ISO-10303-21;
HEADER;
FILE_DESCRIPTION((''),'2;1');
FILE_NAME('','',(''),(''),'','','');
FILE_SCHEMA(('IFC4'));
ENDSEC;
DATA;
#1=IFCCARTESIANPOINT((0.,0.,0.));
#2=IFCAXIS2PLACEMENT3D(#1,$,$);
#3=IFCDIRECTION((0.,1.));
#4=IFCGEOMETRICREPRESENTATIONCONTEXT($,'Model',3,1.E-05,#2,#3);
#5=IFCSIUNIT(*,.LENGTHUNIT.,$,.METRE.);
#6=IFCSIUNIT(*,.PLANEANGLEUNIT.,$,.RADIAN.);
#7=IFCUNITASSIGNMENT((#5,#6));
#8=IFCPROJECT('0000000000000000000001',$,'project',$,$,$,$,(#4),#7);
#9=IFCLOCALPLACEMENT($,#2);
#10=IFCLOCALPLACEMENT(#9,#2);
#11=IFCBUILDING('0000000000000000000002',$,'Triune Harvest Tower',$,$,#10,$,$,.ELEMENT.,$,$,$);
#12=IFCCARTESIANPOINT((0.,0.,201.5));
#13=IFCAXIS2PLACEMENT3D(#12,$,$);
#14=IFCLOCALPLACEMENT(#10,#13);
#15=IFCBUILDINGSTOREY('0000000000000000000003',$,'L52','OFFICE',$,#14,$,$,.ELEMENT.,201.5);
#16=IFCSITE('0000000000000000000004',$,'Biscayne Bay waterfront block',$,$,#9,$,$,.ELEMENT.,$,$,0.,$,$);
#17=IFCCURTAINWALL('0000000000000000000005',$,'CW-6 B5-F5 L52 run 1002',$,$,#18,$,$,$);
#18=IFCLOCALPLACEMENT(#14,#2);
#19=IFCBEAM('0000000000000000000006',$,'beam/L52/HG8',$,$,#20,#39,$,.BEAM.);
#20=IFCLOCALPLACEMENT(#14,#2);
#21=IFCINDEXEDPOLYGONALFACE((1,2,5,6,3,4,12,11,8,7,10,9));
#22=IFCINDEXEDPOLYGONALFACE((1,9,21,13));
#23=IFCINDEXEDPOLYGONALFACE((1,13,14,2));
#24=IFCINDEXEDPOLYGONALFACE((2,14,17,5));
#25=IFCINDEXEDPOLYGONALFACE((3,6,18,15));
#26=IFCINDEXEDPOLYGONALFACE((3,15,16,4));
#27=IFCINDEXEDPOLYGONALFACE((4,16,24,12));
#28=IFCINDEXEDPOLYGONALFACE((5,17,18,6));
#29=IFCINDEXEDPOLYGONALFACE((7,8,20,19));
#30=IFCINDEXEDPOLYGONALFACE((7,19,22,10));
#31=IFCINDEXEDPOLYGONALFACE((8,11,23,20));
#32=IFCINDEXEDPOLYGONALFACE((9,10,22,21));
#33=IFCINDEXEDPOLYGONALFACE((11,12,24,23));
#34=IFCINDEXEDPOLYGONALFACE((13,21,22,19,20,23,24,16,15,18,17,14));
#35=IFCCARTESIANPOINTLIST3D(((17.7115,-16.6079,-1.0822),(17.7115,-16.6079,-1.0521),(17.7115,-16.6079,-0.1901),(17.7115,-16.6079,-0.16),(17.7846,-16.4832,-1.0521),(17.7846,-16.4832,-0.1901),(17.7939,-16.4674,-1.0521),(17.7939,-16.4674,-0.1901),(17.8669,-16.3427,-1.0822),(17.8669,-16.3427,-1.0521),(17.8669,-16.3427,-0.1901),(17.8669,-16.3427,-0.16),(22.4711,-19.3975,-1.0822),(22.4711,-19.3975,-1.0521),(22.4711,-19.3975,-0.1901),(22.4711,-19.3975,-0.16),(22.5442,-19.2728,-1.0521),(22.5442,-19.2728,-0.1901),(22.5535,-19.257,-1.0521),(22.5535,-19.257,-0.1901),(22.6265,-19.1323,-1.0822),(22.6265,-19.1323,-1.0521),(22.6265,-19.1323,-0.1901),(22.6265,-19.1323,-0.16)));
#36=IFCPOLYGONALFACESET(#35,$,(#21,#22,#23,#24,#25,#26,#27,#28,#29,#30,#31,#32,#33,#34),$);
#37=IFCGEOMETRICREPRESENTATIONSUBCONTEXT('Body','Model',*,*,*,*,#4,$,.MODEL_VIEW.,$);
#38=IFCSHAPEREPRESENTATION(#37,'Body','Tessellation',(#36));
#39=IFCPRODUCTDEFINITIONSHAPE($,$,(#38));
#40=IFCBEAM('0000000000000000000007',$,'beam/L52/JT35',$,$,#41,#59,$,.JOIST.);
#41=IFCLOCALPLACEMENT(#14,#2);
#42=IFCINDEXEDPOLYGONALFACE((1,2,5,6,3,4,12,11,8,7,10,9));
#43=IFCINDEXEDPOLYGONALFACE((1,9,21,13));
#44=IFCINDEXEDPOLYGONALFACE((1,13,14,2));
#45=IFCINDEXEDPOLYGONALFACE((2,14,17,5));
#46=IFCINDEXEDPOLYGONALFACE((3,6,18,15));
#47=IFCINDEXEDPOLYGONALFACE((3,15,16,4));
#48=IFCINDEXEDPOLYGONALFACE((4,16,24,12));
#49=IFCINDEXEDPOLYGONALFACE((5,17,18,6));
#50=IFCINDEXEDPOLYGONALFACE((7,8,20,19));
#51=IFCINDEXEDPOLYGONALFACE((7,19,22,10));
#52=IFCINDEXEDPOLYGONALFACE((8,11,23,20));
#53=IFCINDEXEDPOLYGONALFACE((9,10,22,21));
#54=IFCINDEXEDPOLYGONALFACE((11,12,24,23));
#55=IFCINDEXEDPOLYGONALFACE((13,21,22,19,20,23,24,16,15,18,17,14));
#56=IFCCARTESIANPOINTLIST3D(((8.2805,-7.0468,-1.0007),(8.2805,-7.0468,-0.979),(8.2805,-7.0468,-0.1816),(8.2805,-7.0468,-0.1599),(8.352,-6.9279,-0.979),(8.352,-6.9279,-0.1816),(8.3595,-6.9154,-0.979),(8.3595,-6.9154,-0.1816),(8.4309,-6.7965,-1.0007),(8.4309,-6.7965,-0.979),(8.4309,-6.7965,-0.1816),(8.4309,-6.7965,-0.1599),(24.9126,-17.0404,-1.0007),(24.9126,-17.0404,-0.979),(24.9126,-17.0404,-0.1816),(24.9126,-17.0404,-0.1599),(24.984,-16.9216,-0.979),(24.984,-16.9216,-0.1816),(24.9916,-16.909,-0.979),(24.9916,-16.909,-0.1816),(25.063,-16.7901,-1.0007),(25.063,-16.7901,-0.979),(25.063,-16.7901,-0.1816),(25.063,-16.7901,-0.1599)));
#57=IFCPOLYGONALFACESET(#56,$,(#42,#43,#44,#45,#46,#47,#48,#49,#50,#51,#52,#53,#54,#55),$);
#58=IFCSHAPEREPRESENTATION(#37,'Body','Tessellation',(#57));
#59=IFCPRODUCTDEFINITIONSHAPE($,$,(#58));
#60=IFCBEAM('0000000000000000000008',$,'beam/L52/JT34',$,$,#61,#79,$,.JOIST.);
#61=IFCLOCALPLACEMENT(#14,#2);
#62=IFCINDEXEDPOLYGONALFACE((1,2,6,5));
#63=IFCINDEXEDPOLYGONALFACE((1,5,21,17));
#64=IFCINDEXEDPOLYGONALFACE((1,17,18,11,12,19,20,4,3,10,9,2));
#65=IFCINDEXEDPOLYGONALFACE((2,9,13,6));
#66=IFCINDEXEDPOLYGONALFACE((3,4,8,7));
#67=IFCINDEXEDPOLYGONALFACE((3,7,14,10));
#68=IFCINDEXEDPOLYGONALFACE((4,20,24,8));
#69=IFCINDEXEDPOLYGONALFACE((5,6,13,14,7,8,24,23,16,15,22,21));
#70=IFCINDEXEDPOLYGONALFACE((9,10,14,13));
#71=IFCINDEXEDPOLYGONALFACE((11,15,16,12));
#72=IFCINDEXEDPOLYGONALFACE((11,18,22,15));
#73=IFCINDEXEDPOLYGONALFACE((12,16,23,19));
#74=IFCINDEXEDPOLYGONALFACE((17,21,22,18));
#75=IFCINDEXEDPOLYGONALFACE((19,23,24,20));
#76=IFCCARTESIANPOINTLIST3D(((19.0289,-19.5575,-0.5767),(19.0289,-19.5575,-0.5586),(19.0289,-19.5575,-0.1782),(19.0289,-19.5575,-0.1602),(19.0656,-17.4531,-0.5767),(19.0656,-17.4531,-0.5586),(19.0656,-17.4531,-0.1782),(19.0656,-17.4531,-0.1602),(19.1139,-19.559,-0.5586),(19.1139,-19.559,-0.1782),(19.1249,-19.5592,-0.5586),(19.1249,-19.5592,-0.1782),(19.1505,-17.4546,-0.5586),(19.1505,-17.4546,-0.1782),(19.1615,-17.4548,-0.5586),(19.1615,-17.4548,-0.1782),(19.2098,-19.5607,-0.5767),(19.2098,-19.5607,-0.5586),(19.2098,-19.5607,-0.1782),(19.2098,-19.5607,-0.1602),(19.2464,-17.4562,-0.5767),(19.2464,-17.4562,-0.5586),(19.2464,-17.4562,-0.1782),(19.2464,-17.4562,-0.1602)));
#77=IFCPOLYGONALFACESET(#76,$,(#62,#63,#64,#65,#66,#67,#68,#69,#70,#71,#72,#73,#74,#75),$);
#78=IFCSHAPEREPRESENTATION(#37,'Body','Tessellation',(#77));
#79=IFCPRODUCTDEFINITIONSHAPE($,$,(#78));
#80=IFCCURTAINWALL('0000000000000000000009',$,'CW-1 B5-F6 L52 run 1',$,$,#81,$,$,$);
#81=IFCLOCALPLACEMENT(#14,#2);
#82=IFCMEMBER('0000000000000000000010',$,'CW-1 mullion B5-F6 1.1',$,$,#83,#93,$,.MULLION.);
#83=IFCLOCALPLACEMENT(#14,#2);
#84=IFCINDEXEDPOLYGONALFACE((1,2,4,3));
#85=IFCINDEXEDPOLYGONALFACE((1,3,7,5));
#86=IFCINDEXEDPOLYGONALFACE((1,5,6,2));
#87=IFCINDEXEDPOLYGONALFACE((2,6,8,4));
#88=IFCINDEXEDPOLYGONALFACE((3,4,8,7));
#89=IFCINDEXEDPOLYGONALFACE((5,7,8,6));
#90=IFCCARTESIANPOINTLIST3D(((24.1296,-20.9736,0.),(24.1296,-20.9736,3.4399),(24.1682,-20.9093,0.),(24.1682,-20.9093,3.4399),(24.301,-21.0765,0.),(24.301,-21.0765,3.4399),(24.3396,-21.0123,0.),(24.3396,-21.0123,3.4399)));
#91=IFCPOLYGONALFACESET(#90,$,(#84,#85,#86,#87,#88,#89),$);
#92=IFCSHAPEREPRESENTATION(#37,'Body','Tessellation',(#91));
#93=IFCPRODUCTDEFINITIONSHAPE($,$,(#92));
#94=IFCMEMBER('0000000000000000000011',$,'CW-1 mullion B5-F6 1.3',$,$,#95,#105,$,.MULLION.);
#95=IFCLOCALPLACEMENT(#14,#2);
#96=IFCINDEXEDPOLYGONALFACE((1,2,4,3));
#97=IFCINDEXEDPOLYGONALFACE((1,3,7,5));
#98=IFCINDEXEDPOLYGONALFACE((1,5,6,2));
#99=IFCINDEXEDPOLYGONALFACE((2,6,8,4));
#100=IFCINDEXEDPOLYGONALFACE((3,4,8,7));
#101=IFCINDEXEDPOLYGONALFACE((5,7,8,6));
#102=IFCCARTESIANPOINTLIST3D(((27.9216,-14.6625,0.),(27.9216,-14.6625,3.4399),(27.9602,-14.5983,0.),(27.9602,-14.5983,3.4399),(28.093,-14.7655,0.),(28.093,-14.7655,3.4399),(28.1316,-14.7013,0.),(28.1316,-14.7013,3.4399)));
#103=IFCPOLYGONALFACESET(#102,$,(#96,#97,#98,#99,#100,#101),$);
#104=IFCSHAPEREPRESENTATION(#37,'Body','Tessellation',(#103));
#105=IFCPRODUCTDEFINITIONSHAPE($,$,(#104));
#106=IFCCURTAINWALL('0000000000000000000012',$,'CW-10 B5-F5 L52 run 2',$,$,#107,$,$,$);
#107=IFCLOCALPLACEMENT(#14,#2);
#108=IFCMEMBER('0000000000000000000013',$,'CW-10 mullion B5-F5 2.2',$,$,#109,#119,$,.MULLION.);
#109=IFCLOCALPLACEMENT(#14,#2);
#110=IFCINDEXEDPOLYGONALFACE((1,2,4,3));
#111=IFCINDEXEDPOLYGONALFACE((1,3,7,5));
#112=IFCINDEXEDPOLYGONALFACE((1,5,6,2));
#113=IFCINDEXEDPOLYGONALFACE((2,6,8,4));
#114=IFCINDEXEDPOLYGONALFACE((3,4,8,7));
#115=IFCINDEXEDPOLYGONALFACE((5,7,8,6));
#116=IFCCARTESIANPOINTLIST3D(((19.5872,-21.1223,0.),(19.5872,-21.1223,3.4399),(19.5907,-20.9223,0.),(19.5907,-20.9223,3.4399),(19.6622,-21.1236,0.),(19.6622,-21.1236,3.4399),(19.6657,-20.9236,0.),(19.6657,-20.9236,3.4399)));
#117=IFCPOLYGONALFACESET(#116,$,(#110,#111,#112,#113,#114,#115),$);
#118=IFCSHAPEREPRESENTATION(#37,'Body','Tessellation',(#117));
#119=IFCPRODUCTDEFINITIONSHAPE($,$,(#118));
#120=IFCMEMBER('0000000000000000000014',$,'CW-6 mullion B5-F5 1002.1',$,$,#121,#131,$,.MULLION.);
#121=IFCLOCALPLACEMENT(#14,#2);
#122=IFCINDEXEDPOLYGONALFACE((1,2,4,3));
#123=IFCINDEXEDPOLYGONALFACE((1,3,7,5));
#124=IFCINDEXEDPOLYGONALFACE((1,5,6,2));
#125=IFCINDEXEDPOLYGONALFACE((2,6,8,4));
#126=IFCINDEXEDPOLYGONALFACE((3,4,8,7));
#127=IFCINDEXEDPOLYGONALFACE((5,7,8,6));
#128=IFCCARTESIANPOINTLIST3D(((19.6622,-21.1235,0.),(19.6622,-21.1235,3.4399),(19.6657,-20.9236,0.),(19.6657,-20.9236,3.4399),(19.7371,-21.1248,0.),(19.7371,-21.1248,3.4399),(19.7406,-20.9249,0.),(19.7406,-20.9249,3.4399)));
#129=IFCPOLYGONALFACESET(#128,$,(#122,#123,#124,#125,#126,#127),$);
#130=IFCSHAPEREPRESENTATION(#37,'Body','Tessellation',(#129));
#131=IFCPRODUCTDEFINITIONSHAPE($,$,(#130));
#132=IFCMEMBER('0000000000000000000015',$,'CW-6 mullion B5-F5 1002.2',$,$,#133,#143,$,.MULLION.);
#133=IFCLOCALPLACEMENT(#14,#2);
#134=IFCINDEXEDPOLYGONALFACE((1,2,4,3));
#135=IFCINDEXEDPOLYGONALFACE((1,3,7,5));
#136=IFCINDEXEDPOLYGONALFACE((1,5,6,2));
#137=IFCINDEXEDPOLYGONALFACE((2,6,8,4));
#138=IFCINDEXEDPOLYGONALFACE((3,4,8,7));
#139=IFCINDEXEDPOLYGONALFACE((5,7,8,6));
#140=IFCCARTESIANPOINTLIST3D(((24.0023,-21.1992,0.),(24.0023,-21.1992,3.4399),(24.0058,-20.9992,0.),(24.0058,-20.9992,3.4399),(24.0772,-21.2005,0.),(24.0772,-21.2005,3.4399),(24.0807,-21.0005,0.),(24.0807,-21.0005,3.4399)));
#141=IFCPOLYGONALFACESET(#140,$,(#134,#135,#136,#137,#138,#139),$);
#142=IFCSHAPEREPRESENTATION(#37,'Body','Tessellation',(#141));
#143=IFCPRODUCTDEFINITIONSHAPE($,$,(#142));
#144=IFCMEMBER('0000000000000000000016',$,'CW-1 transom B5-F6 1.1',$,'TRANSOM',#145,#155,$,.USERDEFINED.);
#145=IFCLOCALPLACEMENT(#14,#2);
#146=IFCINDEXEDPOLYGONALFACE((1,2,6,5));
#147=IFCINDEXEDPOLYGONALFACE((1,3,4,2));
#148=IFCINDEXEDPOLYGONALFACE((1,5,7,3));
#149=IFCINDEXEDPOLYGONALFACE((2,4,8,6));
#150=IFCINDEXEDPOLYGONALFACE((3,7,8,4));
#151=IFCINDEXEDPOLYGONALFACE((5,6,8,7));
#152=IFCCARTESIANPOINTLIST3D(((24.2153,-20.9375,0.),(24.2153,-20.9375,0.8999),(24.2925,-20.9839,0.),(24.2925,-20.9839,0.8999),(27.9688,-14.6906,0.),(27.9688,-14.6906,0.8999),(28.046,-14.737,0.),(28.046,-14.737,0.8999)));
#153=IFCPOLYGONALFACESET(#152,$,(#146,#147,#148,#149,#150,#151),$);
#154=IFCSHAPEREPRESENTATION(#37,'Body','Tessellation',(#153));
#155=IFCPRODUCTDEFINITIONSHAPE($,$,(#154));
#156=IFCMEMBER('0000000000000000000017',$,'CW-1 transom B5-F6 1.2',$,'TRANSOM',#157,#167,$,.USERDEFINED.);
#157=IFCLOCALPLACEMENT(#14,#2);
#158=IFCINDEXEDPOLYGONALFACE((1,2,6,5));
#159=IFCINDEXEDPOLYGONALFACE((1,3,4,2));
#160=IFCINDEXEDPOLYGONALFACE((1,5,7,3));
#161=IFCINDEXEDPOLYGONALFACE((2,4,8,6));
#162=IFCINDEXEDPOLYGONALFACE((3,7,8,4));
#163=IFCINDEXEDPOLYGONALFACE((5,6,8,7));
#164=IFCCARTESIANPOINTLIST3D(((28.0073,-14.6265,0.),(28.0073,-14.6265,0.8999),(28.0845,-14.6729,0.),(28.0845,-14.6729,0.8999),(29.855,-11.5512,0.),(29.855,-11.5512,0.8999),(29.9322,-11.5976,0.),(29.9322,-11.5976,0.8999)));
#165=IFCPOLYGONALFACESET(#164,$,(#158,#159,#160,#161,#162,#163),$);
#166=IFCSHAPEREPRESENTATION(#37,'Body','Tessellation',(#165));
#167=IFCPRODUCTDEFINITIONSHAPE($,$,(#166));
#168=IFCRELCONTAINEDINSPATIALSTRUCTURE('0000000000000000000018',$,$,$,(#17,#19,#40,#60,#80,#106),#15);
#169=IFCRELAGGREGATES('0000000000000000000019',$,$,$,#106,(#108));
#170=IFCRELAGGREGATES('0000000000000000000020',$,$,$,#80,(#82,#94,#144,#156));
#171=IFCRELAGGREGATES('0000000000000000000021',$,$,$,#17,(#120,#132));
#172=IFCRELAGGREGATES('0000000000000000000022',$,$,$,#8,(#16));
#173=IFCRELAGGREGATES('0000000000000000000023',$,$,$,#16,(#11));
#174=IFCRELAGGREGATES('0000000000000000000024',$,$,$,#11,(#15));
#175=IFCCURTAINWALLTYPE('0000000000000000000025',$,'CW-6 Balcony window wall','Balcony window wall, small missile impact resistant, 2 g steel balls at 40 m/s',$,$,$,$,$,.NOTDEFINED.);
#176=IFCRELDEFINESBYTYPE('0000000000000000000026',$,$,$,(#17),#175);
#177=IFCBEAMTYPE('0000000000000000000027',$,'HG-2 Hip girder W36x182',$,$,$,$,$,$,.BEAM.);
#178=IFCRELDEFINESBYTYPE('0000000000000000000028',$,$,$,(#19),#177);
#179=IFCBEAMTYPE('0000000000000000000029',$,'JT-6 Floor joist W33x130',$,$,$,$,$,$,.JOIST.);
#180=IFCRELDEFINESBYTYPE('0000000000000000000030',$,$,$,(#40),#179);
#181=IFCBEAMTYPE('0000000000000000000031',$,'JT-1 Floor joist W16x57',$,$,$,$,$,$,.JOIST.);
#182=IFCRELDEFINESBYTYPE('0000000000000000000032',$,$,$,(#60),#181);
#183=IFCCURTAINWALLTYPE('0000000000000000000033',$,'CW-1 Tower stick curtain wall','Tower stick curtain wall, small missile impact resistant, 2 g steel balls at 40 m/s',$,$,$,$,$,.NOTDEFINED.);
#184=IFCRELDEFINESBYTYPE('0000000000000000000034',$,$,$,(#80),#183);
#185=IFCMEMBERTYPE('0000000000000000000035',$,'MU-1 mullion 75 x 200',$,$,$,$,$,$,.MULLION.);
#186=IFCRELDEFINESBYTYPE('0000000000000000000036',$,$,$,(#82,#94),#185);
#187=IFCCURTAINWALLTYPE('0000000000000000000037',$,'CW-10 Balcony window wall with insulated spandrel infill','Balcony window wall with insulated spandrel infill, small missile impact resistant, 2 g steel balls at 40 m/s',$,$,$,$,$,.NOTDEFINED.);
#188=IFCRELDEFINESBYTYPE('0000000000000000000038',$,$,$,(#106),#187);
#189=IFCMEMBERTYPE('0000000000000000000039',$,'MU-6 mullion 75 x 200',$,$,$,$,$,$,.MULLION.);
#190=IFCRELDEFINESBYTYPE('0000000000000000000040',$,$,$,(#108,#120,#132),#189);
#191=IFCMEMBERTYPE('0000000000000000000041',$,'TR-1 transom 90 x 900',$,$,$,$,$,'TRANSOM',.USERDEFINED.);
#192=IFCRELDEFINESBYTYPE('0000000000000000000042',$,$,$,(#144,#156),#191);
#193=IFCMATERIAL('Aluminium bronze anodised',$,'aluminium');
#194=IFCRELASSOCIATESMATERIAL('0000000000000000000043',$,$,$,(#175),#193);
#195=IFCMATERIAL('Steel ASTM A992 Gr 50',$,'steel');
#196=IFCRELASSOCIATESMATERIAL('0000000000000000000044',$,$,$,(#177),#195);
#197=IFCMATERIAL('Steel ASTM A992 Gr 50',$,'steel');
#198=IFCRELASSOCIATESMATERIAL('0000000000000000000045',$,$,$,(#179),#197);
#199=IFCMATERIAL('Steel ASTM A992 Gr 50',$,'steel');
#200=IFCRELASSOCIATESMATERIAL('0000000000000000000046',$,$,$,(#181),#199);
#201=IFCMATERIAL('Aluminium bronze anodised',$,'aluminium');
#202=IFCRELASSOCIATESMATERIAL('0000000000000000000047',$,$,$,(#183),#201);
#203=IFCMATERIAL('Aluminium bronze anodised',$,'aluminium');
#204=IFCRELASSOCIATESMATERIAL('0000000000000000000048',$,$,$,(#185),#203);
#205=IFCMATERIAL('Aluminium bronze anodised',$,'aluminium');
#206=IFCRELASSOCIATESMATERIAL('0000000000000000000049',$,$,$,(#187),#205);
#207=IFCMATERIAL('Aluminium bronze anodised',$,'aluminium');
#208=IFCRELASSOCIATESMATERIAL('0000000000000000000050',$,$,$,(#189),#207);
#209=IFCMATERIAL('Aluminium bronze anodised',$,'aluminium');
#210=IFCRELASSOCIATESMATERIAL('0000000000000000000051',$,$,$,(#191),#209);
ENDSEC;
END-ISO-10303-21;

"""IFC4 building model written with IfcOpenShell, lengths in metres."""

from ifc_helpers import new_model, si_unit, direction, frame, origin, origin_2d, place, context, subcontext, project, spatial, rectangle, i_section, extrude, source, transform, mapped, material, material_profile, profile_set, type_object, element, aggregate, save


model = new_model("IFC4")

# Units and contexts
model_context = context("Model", 3, precision=1e-05, world=origin(), true_north=direction((0.0, 1.0)))
body_context = subcontext(model_context, "Body", "Model", "MODEL_VIEW")
ifc_project = project(units=[si_unit("LENGTHUNIT", "METRE"), si_unit("PLANEANGLEUNIT", "RADIAN")], contexts=[model_context])

# Site, building, storey
site_placement = place(None, origin())
site = spatial("IfcSite", under=ifc_project, at=site_placement, Name="Biscayne Bay waterfront block", CompositionType="ELEMENT", RefElevation=0.0)
building_placement = place(site_placement, origin())
building = spatial("IfcBuilding", under=site, at=building_placement, Name="Triune Harvest Tower", CompositionType="ELEMENT")
storey_placement = place(building_placement, frame((0.0, 0.0, 201.5)))
storey = spatial("IfcBuildingStorey", under=building, at=storey_placement, Name="L52", Description="OFFICE", CompositionType="ELEMENT", Elevation=201.5)

# Curtain wall
ifc_material_1 = material(Name="Aluminium bronze anodised", Category="aluminium")
curtain_wall_type_1 = type_object("IfcCurtainWallType", Name="CW-6 Balcony window wall", Description="Balcony window wall, small missile impact resistant, 2 g steel balls at 40 m/s", PredefinedType="NOTDEFINED", material=ifc_material_1)
curtain_wall_1_placement = place(storey_placement, origin())
curtain_wall_1 = element("IfcCurtainWall", 1, at=curtain_wall_1_placement, inside=storey, type_object=curtain_wall_type_1, Name="CW-6 B5-F5 L52 run 1002")

# Beams
ifc_material_2 = material(Name="Steel ASTM A992 Gr 50", Category="steel")
ifc_material_profile_1 = material_profile(ifc_material_2, i_section(OverallWidth=0.3074, OverallDepth=0.9221, WebThickness=0.0183, FlangeThickness=0.03, at=origin_2d()), Name="W36x182")
ifc_profile_set_1 = profile_set([ifc_material_profile_1], Name="Steel ASTM A992 Gr 50")
beam_type_1 = type_object("IfcBeamType", Name="HG-2 Hip girder W36x182", PredefinedType="BEAM", material=ifc_profile_set_1)
shared_shape_1 = source(origin(), body_context, "Body", "SweptSolid", [
    extrude(i_section(OverallWidth=0.3074, OverallDepth=0.9221, WebThickness=0.0183, FlangeThickness=0.03, at=origin_2d()), origin(), (0.0, 0.0, 1.0), 5.5168),
])
beam_1_placement = place(storey_placement, frame((22.5488, -19.2649, -0.6211), z_axis=(-0.862739, 0.50565, 0.0), x_axis=(-0.50565, -0.862739, 0.0)))
element("IfcBeam", 2, at=beam_1_placement, inside=storey, type_object=beam_type_1, Name="beam/L52/HG8", PredefinedType="BEAM", context=body_context, shape_type="MappedRepresentation", body=[
    mapped(shared_shape_1, transform((0.0, 0.0, 0.0), scale=1.0)),
])
ifc_material_3 = material(Name="Steel ASTM A992 Gr 50", Category="steel")
ifc_material_profile_2 = material_profile(ifc_material_3, i_section(OverallWidth=0.292, OverallDepth=0.8408, WebThickness=0.0146, FlangeThickness=0.0217, at=origin_2d()), Name="W33x130")
ifc_profile_set_2 = profile_set([ifc_material_profile_2], Name="Steel ASTM A992 Gr 50")
beam_type_2 = type_object("IfcBeamType", Name="JT-6 Floor joist W33x130", PredefinedType="JOIST", material=ifc_profile_set_2)
shared_shape_2 = source(origin(), body_context, "Body", "SweptSolid", [
    extrude(i_section(OverallWidth=0.292, OverallDepth=0.8408, WebThickness=0.0146, FlangeThickness=0.0217, at=origin_2d()), origin(), (0.0, 0.0, 1.0), 19.4036),
])
beam_2_placement = place(storey_placement, frame((24.9878, -16.9153, -0.5803), z_axis=(-0.857165, 0.515041, 0.0), x_axis=(-0.515041, -0.857165, 0.0)))
element("IfcBeam", 3, at=beam_2_placement, inside=storey, type_object=beam_type_2, Name="beam/L52/JT35", PredefinedType="JOIST", context=body_context, shape_type="MappedRepresentation", body=[
    mapped(shared_shape_2, transform((0.0, 0.0, 0.0), scale=1.0)),
])
ifc_material_4 = material(Name="Steel ASTM A992 Gr 50", Category="steel")
ifc_material_profile_3 = material_profile(ifc_material_4, i_section(OverallWidth=0.1809, OverallDepth=0.4165, WebThickness=0.011, FlangeThickness=0.0181, at=origin_2d()), Name="W16x57")
ifc_profile_set_3 = profile_set([ifc_material_profile_3], Name="Steel ASTM A992 Gr 50")
beam_type_3 = type_object("IfcBeamType", Name="JT-1 Floor joist W16x57", PredefinedType="JOIST", material=ifc_profile_set_3)
shared_shape_3 = source(origin(), body_context, "Body", "SweptSolid", [
    extrude(i_section(OverallWidth=0.1809, OverallDepth=0.4165, WebThickness=0.011, FlangeThickness=0.0181, at=origin_2d()), origin(), (0.0, 0.0, 1.0), 2.1047),
])
beam_3_placement = place(storey_placement, frame((19.1194, -19.5591, -0.3684), z_axis=(0.017399, 0.999849, 0.0), x_axis=(-0.999849, 0.017399, 0.0)))
element("IfcBeam", 4, at=beam_3_placement, inside=storey, type_object=beam_type_3, Name="beam/L52/JT34", PredefinedType="JOIST", context=body_context, shape_type="MappedRepresentation", body=[
    mapped(shared_shape_3, transform((0.0, 0.0, 0.0), scale=1.0)),
])

# Curtain wall, members
ifc_material_5 = material(Name="Aluminium bronze anodised", Category="aluminium")
curtain_wall_type_2 = type_object("IfcCurtainWallType", Name="CW-1 Tower stick curtain wall", Description="Tower stick curtain wall, small missile impact resistant, 2 g steel balls at 40 m/s", PredefinedType="NOTDEFINED", material=ifc_material_5)
curtain_wall_2_placement = place(storey_placement, origin())
curtain_wall_2 = element("IfcCurtainWall", 5, at=curtain_wall_2_placement, inside=storey, type_object=curtain_wall_type_2, Name="CW-1 B5-F6 L52 run 1")
ifc_material_6 = material(Name="Aluminium bronze anodised", Category="aluminium")
ifc_material_profile_4 = material_profile(ifc_material_6, rectangle(XDim=0.2, YDim=0.075, at=origin_2d()), Name="MU-1 mullion 75 x 200")
ifc_profile_set_4 = profile_set([ifc_material_profile_4], Name="Aluminium bronze anodised")
member_type_1 = type_object("IfcMemberType", Name="MU-1 mullion 75 x 200", PredefinedType="MULLION", material=ifc_profile_set_4)
shared_shape_4 = source(origin(), body_context, "Body", "SweptSolid", [
    extrude(rectangle(XDim=0.2, YDim=0.075, at=origin_2d()), origin(), (0.0, 0.0, 1.0), 3.4399),
])
member_1_placement = place(storey_placement, frame((24.2346, -20.9929, 0.0), z_axis=(0.0, 0.0, 1.0), x_axis=(-0.857168, 0.515037, 0.0)))
member_1 = element("IfcMember", 6, at=member_1_placement, type_object=member_type_1, Name="CW-1 mullion B5-F6 1.1", PredefinedType="MULLION", context=body_context, shape_type="MappedRepresentation", body=[
    mapped(shared_shape_4, transform((0.0, 0.0, 0.0), scale=1.0)),
])
member_2_placement = place(storey_placement, frame((28.0266, -14.6819, 0.0), z_axis=(0.0, 0.0, 1.0), x_axis=(-0.857168, 0.515037, 0.0)))
member_2 = element("IfcMember", 7, at=member_2_placement, type_object=member_type_1, Name="CW-1 mullion B5-F6 1.3", PredefinedType="MULLION", context=body_context, shape_type="MappedRepresentation", body=[
    mapped(shared_shape_4, transform((0.0, 0.0, 0.0), scale=1.0)),
])

# Curtain wall, member
ifc_material_7 = material(Name="Aluminium bronze anodised", Category="aluminium")
curtain_wall_type_3 = type_object("IfcCurtainWallType", Name="CW-10 Balcony window wall with insulated spandrel infill", Description="Balcony window wall with insulated spandrel infill, small missile impact resistant, 2 g steel balls at 40 m/s", PredefinedType="NOTDEFINED", material=ifc_material_7)
curtain_wall_3_placement = place(storey_placement, origin())
curtain_wall_3 = element("IfcCurtainWall", 8, at=curtain_wall_3_placement, inside=storey, type_object=curtain_wall_type_3, Name="CW-10 B5-F5 L52 run 2")
ifc_material_8 = material(Name="Aluminium bronze anodised", Category="aluminium")
ifc_material_profile_5 = material_profile(ifc_material_8, rectangle(XDim=0.2, YDim=0.075, at=origin_2d()), Name="MU-6 mullion 75 x 200")
ifc_profile_set_5 = profile_set([ifc_material_profile_5], Name="Aluminium bronze anodised")
member_type_2 = type_object("IfcMemberType", Name="MU-6 mullion 75 x 200", PredefinedType="MULLION", material=ifc_profile_set_5)
shared_shape_5 = source(origin(), body_context, "Body", "SweptSolid", [
    extrude(rectangle(XDim=0.2, YDim=0.075, at=origin_2d()), origin(), (0.0, 0.0, 1.0), 3.4399),
])
member_3_placement = place(storey_placement, frame((19.6265, -21.0229, 0.0), z_axis=(0.0, 0.0, 1.0), x_axis=(0.017458, 0.999848, 0.0)))
member_3 = element("IfcMember", 9, at=member_3_placement, type_object=member_type_2, Name="CW-10 mullion B5-F5 2.2", PredefinedType="MULLION", context=body_context, shape_type="MappedRepresentation", body=[
    mapped(shared_shape_5, transform((0.0, 0.0, 0.0), scale=1.0)),
])

# Members
member_4_placement = place(storey_placement, frame((19.7014, -21.0242, 0.0), z_axis=(0.0, 0.0, 1.0), x_axis=(0.017445, 0.999848, 0.0)))
member_4 = element("IfcMember", 10, at=member_4_placement, type_object=member_type_2, Name="CW-6 mullion B5-F5 1002.1", PredefinedType="MULLION", context=body_context, shape_type="MappedRepresentation", body=[
    mapped(shared_shape_5, transform((0.0, 0.0, 0.0), scale=1.0)),
])
member_5_placement = place(storey_placement, frame((24.0415, -21.0999, 0.0), z_axis=(0.0, 0.0, 1.0), x_axis=(0.017445, 0.999848, 0.0)))
member_5 = element("IfcMember", 11, at=member_5_placement, type_object=member_type_2, Name="CW-6 mullion B5-F5 1002.2", PredefinedType="MULLION", context=body_context, shape_type="MappedRepresentation", body=[
    mapped(shared_shape_5, transform((0.0, 0.0, 0.0), scale=1.0)),
])
ifc_material_9 = material(Name="Aluminium bronze anodised", Category="aluminium")
ifc_material_profile_6 = material_profile(ifc_material_9, rectangle(XDim=0.0901, YDim=0.8999, at=origin_2d()), Name="TR-1 transom 90 x 900")
ifc_profile_set_6 = profile_set([ifc_material_profile_6], Name="Aluminium bronze anodised")
member_type_3 = type_object("IfcMemberType", Name="TR-1 transom 90 x 900", ElementType="TRANSOM", PredefinedType="USERDEFINED", material=ifc_profile_set_6)
shared_shape_6 = source(origin(), body_context, "Body", "SweptSolid", [
    extrude(rectangle(XDim=0.0901, YDim=0.8999, at=origin_2d()), origin(), (0.0, 0.0, 1.0), 7.2878),
])
member_6_placement = place(storey_placement, frame((24.2539, -20.9607, 0.45), z_axis=(0.515033, 0.857171, 0.0), x_axis=(-0.857171, 0.515033, 0.0)))
member_6 = element("IfcMember", 12, at=member_6_placement, type_object=member_type_3, Name="CW-1 transom B5-F6 1.1", ObjectType="TRANSOM", PredefinedType="USERDEFINED", context=body_context, shape_type="MappedRepresentation", body=[
    mapped(shared_shape_6, transform((0.0, 0.0, 0.0), scale=1.0)),
])
shared_shape_7 = source(origin(), body_context, "Body", "SweptSolid", [
    extrude(rectangle(XDim=0.0901, YDim=0.8999, at=origin_2d()), origin(), (0.0, 0.0, 1.0), 3.5876),
])
member_7_placement = place(storey_placement, frame((28.0459, -14.6497, 0.45), z_axis=(0.515016, 0.857181, 0.0), x_axis=(-0.857181, 0.515016, 0.0)))
member_7 = element("IfcMember", 13, at=member_7_placement, type_object=member_type_3, Name="CW-1 transom B5-F6 1.2", ObjectType="TRANSOM", PredefinedType="USERDEFINED", context=body_context, shape_type="MappedRepresentation", body=[
    mapped(shared_shape_7, transform((0.0, 0.0, 0.0), scale=1.0)),
])

aggregate(curtain_wall_3, [member_3])
aggregate(curtain_wall_2, [member_1, member_2, member_6, member_7])
aggregate(curtain_wall_1, [member_4, member_5])

save(model, "model.ifc")
